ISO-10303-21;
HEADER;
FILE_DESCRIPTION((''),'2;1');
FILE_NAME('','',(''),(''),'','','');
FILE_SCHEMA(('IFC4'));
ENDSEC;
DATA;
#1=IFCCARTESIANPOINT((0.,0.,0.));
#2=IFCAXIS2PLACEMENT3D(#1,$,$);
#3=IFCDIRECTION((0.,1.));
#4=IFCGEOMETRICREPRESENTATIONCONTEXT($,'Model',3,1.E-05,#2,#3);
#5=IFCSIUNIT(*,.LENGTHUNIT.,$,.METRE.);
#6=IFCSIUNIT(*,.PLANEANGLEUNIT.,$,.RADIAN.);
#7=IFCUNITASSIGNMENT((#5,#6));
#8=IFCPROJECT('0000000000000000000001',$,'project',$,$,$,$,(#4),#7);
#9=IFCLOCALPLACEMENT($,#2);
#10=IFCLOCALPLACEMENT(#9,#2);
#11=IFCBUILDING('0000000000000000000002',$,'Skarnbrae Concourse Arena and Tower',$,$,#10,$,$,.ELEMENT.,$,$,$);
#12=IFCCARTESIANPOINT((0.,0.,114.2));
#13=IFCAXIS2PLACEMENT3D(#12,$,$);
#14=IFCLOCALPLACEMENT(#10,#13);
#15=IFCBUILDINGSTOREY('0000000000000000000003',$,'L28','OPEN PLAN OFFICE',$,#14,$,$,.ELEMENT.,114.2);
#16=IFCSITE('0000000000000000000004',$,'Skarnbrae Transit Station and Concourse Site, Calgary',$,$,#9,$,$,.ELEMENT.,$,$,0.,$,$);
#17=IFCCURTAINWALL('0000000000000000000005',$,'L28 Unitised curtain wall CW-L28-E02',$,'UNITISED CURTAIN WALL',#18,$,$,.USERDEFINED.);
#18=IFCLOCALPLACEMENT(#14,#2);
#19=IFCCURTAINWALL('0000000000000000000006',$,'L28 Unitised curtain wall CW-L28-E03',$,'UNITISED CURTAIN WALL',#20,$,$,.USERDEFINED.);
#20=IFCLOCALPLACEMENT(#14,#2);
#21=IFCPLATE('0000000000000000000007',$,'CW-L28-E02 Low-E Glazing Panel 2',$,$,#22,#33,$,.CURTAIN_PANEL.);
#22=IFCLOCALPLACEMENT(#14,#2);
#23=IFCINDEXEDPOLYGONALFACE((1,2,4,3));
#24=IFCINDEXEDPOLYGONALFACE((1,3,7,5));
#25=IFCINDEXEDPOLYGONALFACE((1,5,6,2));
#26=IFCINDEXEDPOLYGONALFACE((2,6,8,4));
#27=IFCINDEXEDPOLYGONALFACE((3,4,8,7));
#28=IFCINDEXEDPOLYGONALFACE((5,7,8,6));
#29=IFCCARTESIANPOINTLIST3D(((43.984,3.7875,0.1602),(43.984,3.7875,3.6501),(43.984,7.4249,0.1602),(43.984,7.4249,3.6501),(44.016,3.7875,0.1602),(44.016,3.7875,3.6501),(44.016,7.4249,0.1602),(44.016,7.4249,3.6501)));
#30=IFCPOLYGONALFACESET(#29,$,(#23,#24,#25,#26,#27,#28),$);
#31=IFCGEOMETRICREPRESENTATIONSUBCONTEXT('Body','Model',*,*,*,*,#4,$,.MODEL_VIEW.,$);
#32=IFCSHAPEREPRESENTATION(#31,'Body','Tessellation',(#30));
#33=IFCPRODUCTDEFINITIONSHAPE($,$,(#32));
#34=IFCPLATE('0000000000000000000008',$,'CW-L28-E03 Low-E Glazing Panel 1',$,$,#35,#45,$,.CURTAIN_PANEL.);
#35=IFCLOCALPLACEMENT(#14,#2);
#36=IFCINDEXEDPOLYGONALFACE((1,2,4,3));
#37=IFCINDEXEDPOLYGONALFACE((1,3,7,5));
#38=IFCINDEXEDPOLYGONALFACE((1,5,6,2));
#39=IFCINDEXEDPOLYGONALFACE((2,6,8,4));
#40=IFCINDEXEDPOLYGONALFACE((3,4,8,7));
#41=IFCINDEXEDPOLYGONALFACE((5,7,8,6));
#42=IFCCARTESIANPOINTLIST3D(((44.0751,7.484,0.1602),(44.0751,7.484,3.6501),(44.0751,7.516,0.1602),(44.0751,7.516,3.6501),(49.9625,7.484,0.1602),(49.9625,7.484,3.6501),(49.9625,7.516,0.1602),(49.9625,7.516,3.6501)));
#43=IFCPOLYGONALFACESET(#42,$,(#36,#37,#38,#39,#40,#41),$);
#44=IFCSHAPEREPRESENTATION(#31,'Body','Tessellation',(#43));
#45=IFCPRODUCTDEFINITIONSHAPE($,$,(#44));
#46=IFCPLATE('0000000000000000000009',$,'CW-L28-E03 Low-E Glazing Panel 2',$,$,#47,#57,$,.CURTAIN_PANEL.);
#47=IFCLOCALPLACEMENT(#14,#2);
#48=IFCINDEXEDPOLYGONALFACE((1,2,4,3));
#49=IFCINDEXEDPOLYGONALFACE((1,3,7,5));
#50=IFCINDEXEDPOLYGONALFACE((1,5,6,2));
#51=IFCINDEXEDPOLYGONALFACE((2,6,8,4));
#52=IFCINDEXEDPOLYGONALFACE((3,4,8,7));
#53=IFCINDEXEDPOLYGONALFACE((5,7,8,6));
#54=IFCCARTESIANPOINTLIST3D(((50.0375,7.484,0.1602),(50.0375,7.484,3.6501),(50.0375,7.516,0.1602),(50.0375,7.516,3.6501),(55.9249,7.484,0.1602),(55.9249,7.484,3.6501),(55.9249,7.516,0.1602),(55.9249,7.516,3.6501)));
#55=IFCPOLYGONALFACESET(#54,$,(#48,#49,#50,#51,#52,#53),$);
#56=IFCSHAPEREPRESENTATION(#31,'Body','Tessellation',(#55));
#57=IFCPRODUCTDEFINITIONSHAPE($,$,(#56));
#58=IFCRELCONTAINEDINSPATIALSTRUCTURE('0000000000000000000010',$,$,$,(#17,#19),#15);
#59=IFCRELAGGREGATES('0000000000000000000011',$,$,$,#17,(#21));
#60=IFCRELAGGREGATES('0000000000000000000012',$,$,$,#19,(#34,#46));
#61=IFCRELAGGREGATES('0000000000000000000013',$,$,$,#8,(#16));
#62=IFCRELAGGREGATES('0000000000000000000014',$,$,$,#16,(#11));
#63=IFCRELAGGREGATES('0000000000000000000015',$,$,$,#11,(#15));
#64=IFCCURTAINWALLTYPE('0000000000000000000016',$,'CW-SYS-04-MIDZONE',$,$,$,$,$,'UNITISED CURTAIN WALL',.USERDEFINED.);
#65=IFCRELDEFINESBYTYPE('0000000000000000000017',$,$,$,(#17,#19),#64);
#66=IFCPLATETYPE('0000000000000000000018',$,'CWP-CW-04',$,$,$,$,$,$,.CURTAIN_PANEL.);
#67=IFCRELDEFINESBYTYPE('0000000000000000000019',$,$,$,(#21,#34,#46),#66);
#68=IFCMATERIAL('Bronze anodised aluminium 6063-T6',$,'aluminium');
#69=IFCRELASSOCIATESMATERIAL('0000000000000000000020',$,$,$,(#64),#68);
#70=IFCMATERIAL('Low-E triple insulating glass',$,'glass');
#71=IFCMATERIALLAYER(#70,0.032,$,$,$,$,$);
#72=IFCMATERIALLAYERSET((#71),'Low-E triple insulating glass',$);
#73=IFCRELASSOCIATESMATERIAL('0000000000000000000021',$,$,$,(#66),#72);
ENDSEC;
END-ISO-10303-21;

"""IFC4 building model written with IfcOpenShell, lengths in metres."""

from ifc_helpers import new_model, si_unit, direction, frame, origin, origin_2d, place, context, subcontext, project, spatial, rectangle, extrude, source, transform, mapped, material, layer, layer_set, type_object, element, aggregate, save


model = new_model("IFC4")

# Units and contexts
model_context = context("Model", 3, precision=1e-05, world=origin(), true_north=direction((0.0, 1.0)))
body_context = subcontext(model_context, "Body", "Model", "MODEL_VIEW")
ifc_project = project(units=[si_unit("LENGTHUNIT", "METRE"), si_unit("PLANEANGLEUNIT", "RADIAN")], contexts=[model_context])

# Site, building, storey
site_placement = place(None, origin())
site = spatial("IfcSite", under=ifc_project, at=site_placement, Name="Skarnbrae Transit Station and Concourse Site, Calgary", CompositionType="ELEMENT", RefElevation=0.0)
building_placement = place(site_placement, origin())
building = spatial("IfcBuilding", under=site, at=building_placement, Name="Skarnbrae Concourse Arena and Tower", CompositionType="ELEMENT")
storey_placement = place(building_placement, frame((0.0, 0.0, 114.2)))
storey = spatial("IfcBuildingStorey", under=building, at=storey_placement, Name="L28", Description="OPEN PLAN OFFICE", CompositionType="ELEMENT", Elevation=114.2)

# Shared definitions
ifc_material_1 = material(Name="Bronze anodised aluminium 6063-T6", Category="aluminium")
curtain_wall_type = type_object("IfcCurtainWallType", Name="CW-SYS-04-MIDZONE", ElementType="UNITISED CURTAIN WALL", PredefinedType="USERDEFINED", material=ifc_material_1)

# Curtain walls
curtain_wall_1_placement = place(storey_placement, origin())
curtain_wall_1 = element("IfcCurtainWall", 1, at=curtain_wall_1_placement, inside=storey, type_object=curtain_wall_type, Name="L28 Unitised curtain wall CW-L28-E02", ObjectType="UNITISED CURTAIN WALL", PredefinedType="USERDEFINED")
curtain_wall_2_placement = place(storey_placement, origin())
curtain_wall_2 = element("IfcCurtainWall", 2, at=curtain_wall_2_placement, inside=storey, type_object=curtain_wall_type, Name="L28 Unitised curtain wall CW-L28-E03", ObjectType="UNITISED CURTAIN WALL", PredefinedType="USERDEFINED")

# Plates
ifc_material_2 = material(Name="Low-E triple insulating glass", Category="glass")
ifc_layer = layer(ifc_material_2, 0.032)
ifc_layer_set = layer_set([ifc_layer], Name="Low-E triple insulating glass")
plate_type = type_object("IfcPlateType", Name="CWP-CW-04", PredefinedType="CURTAIN_PANEL", material=ifc_layer_set)
shared_shape_1 = source(origin(), body_context, "Body", "SweptSolid", [
    extrude(rectangle(XDim=3.6375, YDim=0.032, at=origin_2d()), origin(), (0.0, 0.0, 1.0), 3.49),
])
plate_1_placement = place(storey_placement, frame((44.0, 5.6062, 0.1602), z_axis=(0.0, 0.0, 1.0), x_axis=(0.0, 1.0, 0.0)))
plate_1 = element("IfcPlate", 3, at=plate_1_placement, type_object=plate_type, Name="CW-L28-E02 Low-E Glazing Panel 2", PredefinedType="CURTAIN_PANEL", context=body_context, shape_type="MappedRepresentation", body=[
    mapped(shared_shape_1, transform((0.0, 0.0, 0.0))),
])
aggregate(curtain_wall_1, [plate_1])
shared_shape_2 = source(origin(), body_context, "Body", "SweptSolid", [
    extrude(rectangle(XDim=5.8875, YDim=0.032, at=origin_2d()), origin(), (0.0, 0.0, 1.0), 3.49),
])
plate_2_placement = place(storey_placement, frame((47.0188, 7.5, 0.1602), z_axis=(0.0, 0.0, 1.0), x_axis=(1.0, 0.0, 0.0)))
plate_2 = element("IfcPlate", 4, at=plate_2_placement, type_object=plate_type, Name="CW-L28-E03 Low-E Glazing Panel 1", PredefinedType="CURTAIN_PANEL", context=body_context, shape_type="MappedRepresentation", body=[
    mapped(shared_shape_2, transform((0.0, 0.0, 0.0))),
])
plate_3_placement = place(storey_placement, frame((52.9812, 7.5, 0.1602), z_axis=(0.0, 0.0, 1.0), x_axis=(1.0, 0.0, 0.0)))
plate_3 = element("IfcPlate", 5, at=plate_3_placement, type_object=plate_type, Name="CW-L28-E03 Low-E Glazing Panel 2", PredefinedType="CURTAIN_PANEL", context=body_context, shape_type="MappedRepresentation", body=[
    mapped(shared_shape_2, transform((0.0, 0.0, 0.0))),
])
aggregate(curtain_wall_2, [plate_2, plate_3])

save(model, "model.ifc")
